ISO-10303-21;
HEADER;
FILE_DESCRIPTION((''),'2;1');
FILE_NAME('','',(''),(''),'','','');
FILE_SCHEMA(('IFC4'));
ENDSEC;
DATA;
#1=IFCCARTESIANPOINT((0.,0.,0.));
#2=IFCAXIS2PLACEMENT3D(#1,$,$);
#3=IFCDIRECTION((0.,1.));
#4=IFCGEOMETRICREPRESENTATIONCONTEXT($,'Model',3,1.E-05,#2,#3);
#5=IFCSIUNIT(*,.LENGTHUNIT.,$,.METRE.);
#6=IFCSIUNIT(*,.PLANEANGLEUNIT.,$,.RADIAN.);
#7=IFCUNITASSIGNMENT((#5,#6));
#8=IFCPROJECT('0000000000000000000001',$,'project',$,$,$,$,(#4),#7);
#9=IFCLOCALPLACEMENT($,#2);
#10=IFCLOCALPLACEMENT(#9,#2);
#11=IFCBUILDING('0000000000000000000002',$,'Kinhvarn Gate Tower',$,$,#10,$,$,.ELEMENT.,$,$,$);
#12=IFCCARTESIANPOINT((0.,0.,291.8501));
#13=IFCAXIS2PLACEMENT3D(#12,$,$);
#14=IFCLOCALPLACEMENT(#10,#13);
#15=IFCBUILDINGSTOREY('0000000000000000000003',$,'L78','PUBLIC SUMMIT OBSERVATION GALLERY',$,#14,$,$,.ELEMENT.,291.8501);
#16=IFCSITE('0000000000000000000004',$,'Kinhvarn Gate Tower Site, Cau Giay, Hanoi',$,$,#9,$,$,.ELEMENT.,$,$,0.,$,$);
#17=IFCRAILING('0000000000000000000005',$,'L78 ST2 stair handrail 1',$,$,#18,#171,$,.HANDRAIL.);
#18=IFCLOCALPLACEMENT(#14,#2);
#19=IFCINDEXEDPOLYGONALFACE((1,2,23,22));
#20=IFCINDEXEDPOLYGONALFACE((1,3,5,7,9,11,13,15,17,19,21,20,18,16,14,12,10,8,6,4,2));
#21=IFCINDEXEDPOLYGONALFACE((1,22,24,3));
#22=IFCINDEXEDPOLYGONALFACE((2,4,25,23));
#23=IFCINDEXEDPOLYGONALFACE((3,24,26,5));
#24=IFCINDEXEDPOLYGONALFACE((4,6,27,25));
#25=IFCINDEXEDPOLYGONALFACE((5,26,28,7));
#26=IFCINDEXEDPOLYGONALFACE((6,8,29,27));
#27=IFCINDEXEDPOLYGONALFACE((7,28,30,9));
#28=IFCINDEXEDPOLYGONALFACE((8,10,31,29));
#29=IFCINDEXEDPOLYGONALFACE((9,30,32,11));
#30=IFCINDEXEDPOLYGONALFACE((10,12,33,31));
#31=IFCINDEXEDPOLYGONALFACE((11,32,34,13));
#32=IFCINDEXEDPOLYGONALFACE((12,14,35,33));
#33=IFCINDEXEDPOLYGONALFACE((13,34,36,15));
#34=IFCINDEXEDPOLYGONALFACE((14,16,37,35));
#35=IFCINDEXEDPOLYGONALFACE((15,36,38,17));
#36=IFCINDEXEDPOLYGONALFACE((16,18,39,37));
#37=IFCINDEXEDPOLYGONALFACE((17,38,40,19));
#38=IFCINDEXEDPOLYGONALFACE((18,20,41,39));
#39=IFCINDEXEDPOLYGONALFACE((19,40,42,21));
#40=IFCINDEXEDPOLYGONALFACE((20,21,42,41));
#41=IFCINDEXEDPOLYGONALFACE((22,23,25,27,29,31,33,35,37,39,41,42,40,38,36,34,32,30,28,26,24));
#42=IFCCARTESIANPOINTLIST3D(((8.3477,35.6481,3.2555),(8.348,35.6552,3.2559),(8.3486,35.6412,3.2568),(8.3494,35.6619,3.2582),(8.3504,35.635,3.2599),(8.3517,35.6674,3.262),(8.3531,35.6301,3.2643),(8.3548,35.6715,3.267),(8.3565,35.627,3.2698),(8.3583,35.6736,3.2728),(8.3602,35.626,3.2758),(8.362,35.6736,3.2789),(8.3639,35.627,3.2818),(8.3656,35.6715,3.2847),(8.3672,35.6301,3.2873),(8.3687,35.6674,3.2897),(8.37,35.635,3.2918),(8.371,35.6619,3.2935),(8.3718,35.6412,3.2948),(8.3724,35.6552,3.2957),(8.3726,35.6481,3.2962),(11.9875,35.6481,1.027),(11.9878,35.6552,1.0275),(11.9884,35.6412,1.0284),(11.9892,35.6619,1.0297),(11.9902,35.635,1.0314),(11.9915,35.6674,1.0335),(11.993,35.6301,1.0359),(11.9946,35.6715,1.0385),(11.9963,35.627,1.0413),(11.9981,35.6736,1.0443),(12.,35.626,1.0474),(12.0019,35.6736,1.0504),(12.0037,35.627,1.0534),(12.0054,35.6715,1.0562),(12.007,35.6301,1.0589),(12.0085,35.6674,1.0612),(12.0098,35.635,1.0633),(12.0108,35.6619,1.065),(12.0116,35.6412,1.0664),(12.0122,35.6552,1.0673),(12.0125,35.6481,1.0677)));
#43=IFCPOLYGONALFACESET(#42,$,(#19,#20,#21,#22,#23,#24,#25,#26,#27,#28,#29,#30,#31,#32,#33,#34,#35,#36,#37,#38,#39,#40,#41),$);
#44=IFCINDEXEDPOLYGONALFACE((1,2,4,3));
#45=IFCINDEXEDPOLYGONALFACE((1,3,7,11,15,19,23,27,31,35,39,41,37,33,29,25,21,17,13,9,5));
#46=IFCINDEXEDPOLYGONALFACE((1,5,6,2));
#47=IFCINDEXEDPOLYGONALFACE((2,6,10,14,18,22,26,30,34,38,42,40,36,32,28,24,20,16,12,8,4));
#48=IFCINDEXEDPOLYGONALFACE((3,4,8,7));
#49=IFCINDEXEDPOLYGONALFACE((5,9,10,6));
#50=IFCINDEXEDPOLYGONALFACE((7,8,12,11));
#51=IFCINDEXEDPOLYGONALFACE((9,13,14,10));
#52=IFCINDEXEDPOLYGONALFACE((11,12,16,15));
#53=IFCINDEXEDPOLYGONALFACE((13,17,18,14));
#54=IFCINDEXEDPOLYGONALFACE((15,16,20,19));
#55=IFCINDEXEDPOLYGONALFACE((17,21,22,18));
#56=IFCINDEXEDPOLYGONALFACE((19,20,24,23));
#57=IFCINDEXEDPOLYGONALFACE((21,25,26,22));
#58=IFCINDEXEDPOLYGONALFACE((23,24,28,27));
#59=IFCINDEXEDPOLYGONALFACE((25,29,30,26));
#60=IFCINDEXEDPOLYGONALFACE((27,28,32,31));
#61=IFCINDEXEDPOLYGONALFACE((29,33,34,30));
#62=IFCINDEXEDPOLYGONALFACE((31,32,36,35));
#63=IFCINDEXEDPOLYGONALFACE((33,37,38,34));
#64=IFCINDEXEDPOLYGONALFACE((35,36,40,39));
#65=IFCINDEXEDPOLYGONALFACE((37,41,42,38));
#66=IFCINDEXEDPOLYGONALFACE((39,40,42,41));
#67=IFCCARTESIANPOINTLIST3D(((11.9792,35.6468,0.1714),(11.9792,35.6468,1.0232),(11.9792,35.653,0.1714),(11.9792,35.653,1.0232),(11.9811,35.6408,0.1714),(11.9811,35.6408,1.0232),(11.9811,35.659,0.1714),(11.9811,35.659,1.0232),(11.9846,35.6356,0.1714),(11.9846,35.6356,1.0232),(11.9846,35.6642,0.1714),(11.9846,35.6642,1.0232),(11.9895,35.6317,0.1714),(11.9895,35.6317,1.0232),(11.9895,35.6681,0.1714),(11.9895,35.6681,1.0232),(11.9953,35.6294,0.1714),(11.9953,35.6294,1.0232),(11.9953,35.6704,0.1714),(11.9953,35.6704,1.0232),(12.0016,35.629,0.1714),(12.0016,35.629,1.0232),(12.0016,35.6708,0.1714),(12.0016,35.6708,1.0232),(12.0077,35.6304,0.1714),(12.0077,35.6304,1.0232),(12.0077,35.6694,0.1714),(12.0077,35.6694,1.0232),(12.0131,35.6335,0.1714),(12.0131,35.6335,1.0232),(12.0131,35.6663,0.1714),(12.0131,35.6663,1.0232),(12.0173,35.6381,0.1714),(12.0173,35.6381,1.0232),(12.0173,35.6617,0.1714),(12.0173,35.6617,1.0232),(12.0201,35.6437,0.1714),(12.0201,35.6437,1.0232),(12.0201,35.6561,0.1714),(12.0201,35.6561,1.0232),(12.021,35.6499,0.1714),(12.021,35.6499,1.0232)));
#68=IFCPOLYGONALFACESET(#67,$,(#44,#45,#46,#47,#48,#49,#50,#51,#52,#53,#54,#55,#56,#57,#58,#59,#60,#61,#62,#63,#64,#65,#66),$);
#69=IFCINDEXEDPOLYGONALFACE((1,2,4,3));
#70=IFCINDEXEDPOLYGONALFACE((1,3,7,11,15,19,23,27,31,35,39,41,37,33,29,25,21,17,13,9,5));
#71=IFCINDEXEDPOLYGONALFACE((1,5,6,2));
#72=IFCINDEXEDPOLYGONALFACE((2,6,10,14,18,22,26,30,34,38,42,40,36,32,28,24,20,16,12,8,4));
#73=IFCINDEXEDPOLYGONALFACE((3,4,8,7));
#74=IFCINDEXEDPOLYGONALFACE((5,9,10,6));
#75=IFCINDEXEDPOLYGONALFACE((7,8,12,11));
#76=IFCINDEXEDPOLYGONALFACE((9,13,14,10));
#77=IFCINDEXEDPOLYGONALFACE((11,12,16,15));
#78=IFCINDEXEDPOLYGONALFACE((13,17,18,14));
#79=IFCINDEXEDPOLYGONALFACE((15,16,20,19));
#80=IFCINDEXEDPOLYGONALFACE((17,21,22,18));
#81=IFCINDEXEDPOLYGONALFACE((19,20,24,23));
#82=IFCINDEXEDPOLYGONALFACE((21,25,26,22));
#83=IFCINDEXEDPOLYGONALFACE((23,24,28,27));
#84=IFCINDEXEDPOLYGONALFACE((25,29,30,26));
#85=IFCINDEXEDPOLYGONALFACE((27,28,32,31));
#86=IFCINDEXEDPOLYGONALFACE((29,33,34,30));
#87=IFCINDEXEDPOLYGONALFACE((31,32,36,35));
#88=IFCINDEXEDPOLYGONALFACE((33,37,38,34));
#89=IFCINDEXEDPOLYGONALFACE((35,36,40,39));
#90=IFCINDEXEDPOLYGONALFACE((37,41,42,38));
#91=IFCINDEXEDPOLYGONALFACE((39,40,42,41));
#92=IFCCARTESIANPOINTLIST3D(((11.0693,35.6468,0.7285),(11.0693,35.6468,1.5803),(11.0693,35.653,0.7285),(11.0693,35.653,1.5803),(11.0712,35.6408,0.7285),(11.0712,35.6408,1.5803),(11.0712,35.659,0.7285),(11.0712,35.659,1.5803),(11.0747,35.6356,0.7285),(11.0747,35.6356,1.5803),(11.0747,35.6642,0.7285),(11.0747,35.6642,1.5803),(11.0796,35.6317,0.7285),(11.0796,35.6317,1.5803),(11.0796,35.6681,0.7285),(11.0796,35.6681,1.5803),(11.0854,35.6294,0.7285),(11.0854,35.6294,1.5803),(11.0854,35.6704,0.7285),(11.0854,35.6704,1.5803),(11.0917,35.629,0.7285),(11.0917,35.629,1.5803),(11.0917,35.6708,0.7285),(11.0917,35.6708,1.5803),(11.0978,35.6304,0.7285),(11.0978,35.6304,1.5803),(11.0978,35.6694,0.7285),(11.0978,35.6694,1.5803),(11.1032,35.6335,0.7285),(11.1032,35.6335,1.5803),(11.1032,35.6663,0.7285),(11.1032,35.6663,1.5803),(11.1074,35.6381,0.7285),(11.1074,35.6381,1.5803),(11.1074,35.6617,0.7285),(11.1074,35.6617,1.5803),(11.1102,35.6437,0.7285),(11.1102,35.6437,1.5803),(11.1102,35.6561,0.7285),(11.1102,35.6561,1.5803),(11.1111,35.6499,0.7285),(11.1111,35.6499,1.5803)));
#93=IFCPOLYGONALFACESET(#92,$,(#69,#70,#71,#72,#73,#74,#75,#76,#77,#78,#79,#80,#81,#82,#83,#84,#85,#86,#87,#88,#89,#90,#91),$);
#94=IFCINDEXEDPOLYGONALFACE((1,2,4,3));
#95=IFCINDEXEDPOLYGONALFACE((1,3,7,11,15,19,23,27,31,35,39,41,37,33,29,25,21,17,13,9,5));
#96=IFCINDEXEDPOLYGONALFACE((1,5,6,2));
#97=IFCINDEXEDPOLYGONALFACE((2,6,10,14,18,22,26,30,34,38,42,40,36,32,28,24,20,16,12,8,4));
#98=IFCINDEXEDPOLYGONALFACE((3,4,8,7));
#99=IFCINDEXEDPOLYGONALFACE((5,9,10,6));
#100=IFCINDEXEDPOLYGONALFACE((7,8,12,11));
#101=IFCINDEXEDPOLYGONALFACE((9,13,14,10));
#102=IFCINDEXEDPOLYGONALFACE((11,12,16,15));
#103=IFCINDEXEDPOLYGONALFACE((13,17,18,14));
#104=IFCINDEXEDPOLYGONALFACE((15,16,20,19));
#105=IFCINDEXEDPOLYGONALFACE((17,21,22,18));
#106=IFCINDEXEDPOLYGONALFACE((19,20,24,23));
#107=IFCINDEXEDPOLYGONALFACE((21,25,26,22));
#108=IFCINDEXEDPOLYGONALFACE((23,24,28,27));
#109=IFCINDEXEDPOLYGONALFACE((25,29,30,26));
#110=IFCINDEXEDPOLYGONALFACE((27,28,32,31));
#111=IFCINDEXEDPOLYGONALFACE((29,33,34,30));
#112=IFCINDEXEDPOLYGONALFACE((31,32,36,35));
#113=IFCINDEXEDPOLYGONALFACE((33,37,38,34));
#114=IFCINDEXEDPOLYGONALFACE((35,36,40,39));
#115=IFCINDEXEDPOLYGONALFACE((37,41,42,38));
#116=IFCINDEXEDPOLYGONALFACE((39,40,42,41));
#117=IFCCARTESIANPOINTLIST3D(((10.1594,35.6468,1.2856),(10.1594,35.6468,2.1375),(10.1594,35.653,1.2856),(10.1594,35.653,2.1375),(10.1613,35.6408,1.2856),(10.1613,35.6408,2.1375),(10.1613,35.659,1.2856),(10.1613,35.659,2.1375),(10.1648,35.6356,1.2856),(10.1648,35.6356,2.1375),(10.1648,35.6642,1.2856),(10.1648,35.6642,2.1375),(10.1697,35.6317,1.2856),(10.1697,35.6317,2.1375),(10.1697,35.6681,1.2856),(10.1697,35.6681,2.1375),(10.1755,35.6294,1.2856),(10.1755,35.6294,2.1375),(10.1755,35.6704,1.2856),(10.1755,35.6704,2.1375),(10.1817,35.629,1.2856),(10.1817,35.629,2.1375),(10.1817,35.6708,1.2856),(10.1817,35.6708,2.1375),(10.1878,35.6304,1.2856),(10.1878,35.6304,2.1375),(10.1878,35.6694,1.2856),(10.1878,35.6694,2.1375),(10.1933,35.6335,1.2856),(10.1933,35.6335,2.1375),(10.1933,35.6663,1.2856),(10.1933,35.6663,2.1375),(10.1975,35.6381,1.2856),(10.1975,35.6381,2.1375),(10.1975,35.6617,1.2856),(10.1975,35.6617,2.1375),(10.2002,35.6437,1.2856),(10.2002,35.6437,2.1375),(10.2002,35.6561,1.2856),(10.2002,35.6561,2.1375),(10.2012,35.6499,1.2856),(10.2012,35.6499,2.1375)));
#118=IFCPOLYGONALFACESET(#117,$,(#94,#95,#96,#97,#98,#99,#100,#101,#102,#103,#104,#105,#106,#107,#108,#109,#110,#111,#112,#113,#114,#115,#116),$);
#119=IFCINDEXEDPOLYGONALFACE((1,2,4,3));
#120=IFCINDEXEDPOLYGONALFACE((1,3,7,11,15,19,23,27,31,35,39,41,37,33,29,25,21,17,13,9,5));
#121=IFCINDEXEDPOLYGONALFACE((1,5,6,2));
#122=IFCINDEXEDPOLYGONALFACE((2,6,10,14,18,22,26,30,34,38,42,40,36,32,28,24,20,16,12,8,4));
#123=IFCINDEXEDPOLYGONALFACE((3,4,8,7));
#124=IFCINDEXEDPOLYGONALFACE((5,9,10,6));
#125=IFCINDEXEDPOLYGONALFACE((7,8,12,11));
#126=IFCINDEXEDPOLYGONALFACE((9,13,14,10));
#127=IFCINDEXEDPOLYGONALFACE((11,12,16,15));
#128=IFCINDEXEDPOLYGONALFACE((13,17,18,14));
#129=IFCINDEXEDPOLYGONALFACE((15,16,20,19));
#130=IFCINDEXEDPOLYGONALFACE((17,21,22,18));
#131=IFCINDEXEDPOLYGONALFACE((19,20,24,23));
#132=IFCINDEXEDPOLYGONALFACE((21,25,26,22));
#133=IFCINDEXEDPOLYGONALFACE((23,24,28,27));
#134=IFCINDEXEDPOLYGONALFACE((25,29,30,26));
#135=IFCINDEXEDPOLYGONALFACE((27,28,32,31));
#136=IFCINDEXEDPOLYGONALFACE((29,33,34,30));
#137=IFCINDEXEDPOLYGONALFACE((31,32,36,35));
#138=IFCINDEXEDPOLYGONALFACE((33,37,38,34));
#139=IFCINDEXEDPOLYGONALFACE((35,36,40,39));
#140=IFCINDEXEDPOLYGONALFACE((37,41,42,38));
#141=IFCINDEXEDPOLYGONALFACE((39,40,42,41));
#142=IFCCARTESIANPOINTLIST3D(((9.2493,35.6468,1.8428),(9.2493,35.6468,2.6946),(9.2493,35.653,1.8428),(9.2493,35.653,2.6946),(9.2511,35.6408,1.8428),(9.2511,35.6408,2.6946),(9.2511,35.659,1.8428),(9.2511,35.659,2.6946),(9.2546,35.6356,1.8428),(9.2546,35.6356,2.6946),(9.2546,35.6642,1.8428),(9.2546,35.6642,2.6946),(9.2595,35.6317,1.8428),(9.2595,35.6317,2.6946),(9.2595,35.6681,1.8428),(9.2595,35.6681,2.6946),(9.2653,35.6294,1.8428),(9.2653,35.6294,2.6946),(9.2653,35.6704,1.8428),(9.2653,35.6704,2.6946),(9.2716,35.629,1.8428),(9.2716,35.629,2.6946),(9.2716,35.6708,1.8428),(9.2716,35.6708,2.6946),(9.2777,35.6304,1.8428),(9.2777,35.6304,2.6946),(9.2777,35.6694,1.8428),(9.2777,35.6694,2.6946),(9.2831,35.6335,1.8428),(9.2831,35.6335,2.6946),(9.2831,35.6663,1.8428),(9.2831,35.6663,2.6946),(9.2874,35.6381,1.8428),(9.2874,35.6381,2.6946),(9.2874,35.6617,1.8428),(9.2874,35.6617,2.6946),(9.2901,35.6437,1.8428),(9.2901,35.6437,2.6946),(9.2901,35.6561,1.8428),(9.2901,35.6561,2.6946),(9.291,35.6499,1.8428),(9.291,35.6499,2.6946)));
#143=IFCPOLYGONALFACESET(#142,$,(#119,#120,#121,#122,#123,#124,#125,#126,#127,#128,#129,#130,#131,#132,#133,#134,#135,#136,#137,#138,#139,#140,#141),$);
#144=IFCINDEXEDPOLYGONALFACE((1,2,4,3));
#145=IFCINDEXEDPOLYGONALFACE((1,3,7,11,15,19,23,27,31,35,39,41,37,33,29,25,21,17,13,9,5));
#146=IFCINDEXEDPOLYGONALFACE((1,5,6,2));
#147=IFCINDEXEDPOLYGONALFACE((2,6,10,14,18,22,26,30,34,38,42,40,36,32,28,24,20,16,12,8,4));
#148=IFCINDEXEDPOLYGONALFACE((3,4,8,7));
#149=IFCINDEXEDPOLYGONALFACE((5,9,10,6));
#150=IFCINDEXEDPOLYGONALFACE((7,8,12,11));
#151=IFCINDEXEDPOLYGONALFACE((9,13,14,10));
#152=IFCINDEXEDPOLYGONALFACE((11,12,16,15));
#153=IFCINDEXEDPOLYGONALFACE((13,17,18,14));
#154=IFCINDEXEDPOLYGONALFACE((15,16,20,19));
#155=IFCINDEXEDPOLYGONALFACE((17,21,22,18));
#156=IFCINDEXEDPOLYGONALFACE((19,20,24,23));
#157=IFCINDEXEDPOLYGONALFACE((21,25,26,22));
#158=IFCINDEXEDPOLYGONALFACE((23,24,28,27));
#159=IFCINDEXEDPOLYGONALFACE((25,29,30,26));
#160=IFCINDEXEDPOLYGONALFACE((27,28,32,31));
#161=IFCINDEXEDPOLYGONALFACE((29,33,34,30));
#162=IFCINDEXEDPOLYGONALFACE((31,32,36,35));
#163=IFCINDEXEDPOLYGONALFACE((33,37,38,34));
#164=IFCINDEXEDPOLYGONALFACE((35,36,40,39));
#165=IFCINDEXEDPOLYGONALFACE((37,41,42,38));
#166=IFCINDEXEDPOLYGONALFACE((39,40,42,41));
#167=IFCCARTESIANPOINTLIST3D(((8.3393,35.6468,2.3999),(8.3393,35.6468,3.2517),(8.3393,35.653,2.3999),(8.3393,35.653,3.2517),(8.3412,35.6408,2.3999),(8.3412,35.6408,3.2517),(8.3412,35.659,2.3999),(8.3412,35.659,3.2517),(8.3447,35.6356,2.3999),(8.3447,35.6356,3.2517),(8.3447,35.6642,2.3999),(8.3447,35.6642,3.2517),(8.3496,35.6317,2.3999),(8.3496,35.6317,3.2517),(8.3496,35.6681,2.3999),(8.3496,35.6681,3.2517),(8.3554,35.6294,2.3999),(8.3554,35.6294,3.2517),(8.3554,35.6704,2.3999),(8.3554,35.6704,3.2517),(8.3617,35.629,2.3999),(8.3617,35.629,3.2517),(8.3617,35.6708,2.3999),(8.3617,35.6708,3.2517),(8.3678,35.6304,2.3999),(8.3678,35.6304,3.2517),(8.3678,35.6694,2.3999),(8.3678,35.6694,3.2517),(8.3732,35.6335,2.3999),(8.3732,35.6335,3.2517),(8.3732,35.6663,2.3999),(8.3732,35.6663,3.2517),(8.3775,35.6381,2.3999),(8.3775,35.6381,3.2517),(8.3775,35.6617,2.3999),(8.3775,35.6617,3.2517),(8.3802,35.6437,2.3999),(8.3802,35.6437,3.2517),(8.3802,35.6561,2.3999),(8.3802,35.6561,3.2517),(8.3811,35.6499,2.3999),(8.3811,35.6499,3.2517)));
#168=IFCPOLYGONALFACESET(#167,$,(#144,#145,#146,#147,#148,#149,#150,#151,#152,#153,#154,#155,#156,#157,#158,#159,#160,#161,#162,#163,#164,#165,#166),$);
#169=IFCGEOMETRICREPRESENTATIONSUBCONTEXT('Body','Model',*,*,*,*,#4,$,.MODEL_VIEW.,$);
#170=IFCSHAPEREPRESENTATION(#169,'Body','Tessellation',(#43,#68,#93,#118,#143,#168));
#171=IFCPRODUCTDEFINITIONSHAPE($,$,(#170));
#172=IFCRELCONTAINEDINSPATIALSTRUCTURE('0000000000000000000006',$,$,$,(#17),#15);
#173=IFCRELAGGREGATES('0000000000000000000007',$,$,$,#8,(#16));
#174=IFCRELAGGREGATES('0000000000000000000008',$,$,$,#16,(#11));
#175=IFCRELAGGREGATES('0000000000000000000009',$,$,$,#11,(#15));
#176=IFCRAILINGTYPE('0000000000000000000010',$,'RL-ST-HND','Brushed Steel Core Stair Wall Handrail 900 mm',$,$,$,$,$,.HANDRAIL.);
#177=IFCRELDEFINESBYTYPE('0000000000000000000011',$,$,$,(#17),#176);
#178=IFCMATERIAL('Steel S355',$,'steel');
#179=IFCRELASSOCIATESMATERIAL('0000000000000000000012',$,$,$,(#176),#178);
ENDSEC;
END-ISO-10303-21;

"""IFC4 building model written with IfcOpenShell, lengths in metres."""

from ifc_helpers import new_model, si_unit, direction, frame, origin, origin_2d, place, context, subcontext, project, spatial, circle, extrude, material, type_object, element, save


model = new_model("IFC4")

# Units and contexts
model_context = context("Model", 3, precision=1e-05, world=origin(), true_north=direction((0.0, 1.0)))
body_context = subcontext(model_context, "Body", "Model", "MODEL_VIEW")
ifc_project = project(units=[si_unit("LENGTHUNIT", "METRE"), si_unit("PLANEANGLEUNIT", "RADIAN")], contexts=[model_context])

# Site, building, storey
site_placement = place(None, origin())
site = spatial("IfcSite", under=ifc_project, at=site_placement, Name="Kinhvarn Gate Tower Site, Cau Giay, Hanoi", CompositionType="ELEMENT", RefElevation=0.0)
building_placement = place(site_placement, origin())
building = spatial("IfcBuilding", under=site, at=building_placement, Name="Kinhvarn Gate Tower", CompositionType="ELEMENT")
storey_placement = place(building_placement, frame((0.0, 0.0, 291.8501)))
storey = spatial("IfcBuildingStorey", under=building, at=storey_placement, Name="L78", Description="PUBLIC SUMMIT OBSERVATION GALLERY", CompositionType="ELEMENT", Elevation=291.8501)

# Shared definitions
ifc_material_1 = material(Name="Steel S355", Category="steel")

# Railing
railing_type_1 = type_object("IfcRailingType", Name="RL-ST-HND", Description="Brushed Steel Core Stair Wall Handrail 900 mm", PredefinedType="HANDRAIL", material=ifc_material_1)
railing_1_placement = place(storey_placement, frame((12.0, 35.6499, 0.1714)))
element("IfcRailing", 1, at=railing_1_placement, inside=storey, type_object=railing_type_1, Name="L78 ST2 stair handrail 1", PredefinedType="HANDRAIL", context=body_context, shape_type="SweptSolid", body=[
    extrude(circle(Radius=0.0239, at=origin_2d()), frame((0.0, 0.0, 0.876), z_axis=(-0.85285, 0.0, 0.522156), x_axis=(0.0, -1.0, 0.0)), (0.0, 0.0, 1.0), 4.2678),
    extrude(circle(Radius=0.021, at=origin_2d()), origin(), (0.0, 0.0, 1.0), 0.8518),
    extrude(circle(Radius=0.021, at=origin_2d()), frame((-0.9099, 0.0, 0.5571)), (0.0, 0.0, 1.0), 0.8518),
    extrude(circle(Radius=0.021, at=origin_2d()), frame((-1.8198, 0.0, 1.1143)), (0.0, 0.0, 1.0), 0.8518),
    extrude(circle(Radius=0.021, at=origin_2d()), frame((-2.73, 0.0, 1.6714)), (0.0, 0.0, 1.0), 0.8518),
    extrude(circle(Radius=0.021, at=origin_2d()), frame((-3.6399, 0.0, 2.2285)), (0.0, 0.0, 1.0), 0.8518),
])

save(model, "model.ifc")
